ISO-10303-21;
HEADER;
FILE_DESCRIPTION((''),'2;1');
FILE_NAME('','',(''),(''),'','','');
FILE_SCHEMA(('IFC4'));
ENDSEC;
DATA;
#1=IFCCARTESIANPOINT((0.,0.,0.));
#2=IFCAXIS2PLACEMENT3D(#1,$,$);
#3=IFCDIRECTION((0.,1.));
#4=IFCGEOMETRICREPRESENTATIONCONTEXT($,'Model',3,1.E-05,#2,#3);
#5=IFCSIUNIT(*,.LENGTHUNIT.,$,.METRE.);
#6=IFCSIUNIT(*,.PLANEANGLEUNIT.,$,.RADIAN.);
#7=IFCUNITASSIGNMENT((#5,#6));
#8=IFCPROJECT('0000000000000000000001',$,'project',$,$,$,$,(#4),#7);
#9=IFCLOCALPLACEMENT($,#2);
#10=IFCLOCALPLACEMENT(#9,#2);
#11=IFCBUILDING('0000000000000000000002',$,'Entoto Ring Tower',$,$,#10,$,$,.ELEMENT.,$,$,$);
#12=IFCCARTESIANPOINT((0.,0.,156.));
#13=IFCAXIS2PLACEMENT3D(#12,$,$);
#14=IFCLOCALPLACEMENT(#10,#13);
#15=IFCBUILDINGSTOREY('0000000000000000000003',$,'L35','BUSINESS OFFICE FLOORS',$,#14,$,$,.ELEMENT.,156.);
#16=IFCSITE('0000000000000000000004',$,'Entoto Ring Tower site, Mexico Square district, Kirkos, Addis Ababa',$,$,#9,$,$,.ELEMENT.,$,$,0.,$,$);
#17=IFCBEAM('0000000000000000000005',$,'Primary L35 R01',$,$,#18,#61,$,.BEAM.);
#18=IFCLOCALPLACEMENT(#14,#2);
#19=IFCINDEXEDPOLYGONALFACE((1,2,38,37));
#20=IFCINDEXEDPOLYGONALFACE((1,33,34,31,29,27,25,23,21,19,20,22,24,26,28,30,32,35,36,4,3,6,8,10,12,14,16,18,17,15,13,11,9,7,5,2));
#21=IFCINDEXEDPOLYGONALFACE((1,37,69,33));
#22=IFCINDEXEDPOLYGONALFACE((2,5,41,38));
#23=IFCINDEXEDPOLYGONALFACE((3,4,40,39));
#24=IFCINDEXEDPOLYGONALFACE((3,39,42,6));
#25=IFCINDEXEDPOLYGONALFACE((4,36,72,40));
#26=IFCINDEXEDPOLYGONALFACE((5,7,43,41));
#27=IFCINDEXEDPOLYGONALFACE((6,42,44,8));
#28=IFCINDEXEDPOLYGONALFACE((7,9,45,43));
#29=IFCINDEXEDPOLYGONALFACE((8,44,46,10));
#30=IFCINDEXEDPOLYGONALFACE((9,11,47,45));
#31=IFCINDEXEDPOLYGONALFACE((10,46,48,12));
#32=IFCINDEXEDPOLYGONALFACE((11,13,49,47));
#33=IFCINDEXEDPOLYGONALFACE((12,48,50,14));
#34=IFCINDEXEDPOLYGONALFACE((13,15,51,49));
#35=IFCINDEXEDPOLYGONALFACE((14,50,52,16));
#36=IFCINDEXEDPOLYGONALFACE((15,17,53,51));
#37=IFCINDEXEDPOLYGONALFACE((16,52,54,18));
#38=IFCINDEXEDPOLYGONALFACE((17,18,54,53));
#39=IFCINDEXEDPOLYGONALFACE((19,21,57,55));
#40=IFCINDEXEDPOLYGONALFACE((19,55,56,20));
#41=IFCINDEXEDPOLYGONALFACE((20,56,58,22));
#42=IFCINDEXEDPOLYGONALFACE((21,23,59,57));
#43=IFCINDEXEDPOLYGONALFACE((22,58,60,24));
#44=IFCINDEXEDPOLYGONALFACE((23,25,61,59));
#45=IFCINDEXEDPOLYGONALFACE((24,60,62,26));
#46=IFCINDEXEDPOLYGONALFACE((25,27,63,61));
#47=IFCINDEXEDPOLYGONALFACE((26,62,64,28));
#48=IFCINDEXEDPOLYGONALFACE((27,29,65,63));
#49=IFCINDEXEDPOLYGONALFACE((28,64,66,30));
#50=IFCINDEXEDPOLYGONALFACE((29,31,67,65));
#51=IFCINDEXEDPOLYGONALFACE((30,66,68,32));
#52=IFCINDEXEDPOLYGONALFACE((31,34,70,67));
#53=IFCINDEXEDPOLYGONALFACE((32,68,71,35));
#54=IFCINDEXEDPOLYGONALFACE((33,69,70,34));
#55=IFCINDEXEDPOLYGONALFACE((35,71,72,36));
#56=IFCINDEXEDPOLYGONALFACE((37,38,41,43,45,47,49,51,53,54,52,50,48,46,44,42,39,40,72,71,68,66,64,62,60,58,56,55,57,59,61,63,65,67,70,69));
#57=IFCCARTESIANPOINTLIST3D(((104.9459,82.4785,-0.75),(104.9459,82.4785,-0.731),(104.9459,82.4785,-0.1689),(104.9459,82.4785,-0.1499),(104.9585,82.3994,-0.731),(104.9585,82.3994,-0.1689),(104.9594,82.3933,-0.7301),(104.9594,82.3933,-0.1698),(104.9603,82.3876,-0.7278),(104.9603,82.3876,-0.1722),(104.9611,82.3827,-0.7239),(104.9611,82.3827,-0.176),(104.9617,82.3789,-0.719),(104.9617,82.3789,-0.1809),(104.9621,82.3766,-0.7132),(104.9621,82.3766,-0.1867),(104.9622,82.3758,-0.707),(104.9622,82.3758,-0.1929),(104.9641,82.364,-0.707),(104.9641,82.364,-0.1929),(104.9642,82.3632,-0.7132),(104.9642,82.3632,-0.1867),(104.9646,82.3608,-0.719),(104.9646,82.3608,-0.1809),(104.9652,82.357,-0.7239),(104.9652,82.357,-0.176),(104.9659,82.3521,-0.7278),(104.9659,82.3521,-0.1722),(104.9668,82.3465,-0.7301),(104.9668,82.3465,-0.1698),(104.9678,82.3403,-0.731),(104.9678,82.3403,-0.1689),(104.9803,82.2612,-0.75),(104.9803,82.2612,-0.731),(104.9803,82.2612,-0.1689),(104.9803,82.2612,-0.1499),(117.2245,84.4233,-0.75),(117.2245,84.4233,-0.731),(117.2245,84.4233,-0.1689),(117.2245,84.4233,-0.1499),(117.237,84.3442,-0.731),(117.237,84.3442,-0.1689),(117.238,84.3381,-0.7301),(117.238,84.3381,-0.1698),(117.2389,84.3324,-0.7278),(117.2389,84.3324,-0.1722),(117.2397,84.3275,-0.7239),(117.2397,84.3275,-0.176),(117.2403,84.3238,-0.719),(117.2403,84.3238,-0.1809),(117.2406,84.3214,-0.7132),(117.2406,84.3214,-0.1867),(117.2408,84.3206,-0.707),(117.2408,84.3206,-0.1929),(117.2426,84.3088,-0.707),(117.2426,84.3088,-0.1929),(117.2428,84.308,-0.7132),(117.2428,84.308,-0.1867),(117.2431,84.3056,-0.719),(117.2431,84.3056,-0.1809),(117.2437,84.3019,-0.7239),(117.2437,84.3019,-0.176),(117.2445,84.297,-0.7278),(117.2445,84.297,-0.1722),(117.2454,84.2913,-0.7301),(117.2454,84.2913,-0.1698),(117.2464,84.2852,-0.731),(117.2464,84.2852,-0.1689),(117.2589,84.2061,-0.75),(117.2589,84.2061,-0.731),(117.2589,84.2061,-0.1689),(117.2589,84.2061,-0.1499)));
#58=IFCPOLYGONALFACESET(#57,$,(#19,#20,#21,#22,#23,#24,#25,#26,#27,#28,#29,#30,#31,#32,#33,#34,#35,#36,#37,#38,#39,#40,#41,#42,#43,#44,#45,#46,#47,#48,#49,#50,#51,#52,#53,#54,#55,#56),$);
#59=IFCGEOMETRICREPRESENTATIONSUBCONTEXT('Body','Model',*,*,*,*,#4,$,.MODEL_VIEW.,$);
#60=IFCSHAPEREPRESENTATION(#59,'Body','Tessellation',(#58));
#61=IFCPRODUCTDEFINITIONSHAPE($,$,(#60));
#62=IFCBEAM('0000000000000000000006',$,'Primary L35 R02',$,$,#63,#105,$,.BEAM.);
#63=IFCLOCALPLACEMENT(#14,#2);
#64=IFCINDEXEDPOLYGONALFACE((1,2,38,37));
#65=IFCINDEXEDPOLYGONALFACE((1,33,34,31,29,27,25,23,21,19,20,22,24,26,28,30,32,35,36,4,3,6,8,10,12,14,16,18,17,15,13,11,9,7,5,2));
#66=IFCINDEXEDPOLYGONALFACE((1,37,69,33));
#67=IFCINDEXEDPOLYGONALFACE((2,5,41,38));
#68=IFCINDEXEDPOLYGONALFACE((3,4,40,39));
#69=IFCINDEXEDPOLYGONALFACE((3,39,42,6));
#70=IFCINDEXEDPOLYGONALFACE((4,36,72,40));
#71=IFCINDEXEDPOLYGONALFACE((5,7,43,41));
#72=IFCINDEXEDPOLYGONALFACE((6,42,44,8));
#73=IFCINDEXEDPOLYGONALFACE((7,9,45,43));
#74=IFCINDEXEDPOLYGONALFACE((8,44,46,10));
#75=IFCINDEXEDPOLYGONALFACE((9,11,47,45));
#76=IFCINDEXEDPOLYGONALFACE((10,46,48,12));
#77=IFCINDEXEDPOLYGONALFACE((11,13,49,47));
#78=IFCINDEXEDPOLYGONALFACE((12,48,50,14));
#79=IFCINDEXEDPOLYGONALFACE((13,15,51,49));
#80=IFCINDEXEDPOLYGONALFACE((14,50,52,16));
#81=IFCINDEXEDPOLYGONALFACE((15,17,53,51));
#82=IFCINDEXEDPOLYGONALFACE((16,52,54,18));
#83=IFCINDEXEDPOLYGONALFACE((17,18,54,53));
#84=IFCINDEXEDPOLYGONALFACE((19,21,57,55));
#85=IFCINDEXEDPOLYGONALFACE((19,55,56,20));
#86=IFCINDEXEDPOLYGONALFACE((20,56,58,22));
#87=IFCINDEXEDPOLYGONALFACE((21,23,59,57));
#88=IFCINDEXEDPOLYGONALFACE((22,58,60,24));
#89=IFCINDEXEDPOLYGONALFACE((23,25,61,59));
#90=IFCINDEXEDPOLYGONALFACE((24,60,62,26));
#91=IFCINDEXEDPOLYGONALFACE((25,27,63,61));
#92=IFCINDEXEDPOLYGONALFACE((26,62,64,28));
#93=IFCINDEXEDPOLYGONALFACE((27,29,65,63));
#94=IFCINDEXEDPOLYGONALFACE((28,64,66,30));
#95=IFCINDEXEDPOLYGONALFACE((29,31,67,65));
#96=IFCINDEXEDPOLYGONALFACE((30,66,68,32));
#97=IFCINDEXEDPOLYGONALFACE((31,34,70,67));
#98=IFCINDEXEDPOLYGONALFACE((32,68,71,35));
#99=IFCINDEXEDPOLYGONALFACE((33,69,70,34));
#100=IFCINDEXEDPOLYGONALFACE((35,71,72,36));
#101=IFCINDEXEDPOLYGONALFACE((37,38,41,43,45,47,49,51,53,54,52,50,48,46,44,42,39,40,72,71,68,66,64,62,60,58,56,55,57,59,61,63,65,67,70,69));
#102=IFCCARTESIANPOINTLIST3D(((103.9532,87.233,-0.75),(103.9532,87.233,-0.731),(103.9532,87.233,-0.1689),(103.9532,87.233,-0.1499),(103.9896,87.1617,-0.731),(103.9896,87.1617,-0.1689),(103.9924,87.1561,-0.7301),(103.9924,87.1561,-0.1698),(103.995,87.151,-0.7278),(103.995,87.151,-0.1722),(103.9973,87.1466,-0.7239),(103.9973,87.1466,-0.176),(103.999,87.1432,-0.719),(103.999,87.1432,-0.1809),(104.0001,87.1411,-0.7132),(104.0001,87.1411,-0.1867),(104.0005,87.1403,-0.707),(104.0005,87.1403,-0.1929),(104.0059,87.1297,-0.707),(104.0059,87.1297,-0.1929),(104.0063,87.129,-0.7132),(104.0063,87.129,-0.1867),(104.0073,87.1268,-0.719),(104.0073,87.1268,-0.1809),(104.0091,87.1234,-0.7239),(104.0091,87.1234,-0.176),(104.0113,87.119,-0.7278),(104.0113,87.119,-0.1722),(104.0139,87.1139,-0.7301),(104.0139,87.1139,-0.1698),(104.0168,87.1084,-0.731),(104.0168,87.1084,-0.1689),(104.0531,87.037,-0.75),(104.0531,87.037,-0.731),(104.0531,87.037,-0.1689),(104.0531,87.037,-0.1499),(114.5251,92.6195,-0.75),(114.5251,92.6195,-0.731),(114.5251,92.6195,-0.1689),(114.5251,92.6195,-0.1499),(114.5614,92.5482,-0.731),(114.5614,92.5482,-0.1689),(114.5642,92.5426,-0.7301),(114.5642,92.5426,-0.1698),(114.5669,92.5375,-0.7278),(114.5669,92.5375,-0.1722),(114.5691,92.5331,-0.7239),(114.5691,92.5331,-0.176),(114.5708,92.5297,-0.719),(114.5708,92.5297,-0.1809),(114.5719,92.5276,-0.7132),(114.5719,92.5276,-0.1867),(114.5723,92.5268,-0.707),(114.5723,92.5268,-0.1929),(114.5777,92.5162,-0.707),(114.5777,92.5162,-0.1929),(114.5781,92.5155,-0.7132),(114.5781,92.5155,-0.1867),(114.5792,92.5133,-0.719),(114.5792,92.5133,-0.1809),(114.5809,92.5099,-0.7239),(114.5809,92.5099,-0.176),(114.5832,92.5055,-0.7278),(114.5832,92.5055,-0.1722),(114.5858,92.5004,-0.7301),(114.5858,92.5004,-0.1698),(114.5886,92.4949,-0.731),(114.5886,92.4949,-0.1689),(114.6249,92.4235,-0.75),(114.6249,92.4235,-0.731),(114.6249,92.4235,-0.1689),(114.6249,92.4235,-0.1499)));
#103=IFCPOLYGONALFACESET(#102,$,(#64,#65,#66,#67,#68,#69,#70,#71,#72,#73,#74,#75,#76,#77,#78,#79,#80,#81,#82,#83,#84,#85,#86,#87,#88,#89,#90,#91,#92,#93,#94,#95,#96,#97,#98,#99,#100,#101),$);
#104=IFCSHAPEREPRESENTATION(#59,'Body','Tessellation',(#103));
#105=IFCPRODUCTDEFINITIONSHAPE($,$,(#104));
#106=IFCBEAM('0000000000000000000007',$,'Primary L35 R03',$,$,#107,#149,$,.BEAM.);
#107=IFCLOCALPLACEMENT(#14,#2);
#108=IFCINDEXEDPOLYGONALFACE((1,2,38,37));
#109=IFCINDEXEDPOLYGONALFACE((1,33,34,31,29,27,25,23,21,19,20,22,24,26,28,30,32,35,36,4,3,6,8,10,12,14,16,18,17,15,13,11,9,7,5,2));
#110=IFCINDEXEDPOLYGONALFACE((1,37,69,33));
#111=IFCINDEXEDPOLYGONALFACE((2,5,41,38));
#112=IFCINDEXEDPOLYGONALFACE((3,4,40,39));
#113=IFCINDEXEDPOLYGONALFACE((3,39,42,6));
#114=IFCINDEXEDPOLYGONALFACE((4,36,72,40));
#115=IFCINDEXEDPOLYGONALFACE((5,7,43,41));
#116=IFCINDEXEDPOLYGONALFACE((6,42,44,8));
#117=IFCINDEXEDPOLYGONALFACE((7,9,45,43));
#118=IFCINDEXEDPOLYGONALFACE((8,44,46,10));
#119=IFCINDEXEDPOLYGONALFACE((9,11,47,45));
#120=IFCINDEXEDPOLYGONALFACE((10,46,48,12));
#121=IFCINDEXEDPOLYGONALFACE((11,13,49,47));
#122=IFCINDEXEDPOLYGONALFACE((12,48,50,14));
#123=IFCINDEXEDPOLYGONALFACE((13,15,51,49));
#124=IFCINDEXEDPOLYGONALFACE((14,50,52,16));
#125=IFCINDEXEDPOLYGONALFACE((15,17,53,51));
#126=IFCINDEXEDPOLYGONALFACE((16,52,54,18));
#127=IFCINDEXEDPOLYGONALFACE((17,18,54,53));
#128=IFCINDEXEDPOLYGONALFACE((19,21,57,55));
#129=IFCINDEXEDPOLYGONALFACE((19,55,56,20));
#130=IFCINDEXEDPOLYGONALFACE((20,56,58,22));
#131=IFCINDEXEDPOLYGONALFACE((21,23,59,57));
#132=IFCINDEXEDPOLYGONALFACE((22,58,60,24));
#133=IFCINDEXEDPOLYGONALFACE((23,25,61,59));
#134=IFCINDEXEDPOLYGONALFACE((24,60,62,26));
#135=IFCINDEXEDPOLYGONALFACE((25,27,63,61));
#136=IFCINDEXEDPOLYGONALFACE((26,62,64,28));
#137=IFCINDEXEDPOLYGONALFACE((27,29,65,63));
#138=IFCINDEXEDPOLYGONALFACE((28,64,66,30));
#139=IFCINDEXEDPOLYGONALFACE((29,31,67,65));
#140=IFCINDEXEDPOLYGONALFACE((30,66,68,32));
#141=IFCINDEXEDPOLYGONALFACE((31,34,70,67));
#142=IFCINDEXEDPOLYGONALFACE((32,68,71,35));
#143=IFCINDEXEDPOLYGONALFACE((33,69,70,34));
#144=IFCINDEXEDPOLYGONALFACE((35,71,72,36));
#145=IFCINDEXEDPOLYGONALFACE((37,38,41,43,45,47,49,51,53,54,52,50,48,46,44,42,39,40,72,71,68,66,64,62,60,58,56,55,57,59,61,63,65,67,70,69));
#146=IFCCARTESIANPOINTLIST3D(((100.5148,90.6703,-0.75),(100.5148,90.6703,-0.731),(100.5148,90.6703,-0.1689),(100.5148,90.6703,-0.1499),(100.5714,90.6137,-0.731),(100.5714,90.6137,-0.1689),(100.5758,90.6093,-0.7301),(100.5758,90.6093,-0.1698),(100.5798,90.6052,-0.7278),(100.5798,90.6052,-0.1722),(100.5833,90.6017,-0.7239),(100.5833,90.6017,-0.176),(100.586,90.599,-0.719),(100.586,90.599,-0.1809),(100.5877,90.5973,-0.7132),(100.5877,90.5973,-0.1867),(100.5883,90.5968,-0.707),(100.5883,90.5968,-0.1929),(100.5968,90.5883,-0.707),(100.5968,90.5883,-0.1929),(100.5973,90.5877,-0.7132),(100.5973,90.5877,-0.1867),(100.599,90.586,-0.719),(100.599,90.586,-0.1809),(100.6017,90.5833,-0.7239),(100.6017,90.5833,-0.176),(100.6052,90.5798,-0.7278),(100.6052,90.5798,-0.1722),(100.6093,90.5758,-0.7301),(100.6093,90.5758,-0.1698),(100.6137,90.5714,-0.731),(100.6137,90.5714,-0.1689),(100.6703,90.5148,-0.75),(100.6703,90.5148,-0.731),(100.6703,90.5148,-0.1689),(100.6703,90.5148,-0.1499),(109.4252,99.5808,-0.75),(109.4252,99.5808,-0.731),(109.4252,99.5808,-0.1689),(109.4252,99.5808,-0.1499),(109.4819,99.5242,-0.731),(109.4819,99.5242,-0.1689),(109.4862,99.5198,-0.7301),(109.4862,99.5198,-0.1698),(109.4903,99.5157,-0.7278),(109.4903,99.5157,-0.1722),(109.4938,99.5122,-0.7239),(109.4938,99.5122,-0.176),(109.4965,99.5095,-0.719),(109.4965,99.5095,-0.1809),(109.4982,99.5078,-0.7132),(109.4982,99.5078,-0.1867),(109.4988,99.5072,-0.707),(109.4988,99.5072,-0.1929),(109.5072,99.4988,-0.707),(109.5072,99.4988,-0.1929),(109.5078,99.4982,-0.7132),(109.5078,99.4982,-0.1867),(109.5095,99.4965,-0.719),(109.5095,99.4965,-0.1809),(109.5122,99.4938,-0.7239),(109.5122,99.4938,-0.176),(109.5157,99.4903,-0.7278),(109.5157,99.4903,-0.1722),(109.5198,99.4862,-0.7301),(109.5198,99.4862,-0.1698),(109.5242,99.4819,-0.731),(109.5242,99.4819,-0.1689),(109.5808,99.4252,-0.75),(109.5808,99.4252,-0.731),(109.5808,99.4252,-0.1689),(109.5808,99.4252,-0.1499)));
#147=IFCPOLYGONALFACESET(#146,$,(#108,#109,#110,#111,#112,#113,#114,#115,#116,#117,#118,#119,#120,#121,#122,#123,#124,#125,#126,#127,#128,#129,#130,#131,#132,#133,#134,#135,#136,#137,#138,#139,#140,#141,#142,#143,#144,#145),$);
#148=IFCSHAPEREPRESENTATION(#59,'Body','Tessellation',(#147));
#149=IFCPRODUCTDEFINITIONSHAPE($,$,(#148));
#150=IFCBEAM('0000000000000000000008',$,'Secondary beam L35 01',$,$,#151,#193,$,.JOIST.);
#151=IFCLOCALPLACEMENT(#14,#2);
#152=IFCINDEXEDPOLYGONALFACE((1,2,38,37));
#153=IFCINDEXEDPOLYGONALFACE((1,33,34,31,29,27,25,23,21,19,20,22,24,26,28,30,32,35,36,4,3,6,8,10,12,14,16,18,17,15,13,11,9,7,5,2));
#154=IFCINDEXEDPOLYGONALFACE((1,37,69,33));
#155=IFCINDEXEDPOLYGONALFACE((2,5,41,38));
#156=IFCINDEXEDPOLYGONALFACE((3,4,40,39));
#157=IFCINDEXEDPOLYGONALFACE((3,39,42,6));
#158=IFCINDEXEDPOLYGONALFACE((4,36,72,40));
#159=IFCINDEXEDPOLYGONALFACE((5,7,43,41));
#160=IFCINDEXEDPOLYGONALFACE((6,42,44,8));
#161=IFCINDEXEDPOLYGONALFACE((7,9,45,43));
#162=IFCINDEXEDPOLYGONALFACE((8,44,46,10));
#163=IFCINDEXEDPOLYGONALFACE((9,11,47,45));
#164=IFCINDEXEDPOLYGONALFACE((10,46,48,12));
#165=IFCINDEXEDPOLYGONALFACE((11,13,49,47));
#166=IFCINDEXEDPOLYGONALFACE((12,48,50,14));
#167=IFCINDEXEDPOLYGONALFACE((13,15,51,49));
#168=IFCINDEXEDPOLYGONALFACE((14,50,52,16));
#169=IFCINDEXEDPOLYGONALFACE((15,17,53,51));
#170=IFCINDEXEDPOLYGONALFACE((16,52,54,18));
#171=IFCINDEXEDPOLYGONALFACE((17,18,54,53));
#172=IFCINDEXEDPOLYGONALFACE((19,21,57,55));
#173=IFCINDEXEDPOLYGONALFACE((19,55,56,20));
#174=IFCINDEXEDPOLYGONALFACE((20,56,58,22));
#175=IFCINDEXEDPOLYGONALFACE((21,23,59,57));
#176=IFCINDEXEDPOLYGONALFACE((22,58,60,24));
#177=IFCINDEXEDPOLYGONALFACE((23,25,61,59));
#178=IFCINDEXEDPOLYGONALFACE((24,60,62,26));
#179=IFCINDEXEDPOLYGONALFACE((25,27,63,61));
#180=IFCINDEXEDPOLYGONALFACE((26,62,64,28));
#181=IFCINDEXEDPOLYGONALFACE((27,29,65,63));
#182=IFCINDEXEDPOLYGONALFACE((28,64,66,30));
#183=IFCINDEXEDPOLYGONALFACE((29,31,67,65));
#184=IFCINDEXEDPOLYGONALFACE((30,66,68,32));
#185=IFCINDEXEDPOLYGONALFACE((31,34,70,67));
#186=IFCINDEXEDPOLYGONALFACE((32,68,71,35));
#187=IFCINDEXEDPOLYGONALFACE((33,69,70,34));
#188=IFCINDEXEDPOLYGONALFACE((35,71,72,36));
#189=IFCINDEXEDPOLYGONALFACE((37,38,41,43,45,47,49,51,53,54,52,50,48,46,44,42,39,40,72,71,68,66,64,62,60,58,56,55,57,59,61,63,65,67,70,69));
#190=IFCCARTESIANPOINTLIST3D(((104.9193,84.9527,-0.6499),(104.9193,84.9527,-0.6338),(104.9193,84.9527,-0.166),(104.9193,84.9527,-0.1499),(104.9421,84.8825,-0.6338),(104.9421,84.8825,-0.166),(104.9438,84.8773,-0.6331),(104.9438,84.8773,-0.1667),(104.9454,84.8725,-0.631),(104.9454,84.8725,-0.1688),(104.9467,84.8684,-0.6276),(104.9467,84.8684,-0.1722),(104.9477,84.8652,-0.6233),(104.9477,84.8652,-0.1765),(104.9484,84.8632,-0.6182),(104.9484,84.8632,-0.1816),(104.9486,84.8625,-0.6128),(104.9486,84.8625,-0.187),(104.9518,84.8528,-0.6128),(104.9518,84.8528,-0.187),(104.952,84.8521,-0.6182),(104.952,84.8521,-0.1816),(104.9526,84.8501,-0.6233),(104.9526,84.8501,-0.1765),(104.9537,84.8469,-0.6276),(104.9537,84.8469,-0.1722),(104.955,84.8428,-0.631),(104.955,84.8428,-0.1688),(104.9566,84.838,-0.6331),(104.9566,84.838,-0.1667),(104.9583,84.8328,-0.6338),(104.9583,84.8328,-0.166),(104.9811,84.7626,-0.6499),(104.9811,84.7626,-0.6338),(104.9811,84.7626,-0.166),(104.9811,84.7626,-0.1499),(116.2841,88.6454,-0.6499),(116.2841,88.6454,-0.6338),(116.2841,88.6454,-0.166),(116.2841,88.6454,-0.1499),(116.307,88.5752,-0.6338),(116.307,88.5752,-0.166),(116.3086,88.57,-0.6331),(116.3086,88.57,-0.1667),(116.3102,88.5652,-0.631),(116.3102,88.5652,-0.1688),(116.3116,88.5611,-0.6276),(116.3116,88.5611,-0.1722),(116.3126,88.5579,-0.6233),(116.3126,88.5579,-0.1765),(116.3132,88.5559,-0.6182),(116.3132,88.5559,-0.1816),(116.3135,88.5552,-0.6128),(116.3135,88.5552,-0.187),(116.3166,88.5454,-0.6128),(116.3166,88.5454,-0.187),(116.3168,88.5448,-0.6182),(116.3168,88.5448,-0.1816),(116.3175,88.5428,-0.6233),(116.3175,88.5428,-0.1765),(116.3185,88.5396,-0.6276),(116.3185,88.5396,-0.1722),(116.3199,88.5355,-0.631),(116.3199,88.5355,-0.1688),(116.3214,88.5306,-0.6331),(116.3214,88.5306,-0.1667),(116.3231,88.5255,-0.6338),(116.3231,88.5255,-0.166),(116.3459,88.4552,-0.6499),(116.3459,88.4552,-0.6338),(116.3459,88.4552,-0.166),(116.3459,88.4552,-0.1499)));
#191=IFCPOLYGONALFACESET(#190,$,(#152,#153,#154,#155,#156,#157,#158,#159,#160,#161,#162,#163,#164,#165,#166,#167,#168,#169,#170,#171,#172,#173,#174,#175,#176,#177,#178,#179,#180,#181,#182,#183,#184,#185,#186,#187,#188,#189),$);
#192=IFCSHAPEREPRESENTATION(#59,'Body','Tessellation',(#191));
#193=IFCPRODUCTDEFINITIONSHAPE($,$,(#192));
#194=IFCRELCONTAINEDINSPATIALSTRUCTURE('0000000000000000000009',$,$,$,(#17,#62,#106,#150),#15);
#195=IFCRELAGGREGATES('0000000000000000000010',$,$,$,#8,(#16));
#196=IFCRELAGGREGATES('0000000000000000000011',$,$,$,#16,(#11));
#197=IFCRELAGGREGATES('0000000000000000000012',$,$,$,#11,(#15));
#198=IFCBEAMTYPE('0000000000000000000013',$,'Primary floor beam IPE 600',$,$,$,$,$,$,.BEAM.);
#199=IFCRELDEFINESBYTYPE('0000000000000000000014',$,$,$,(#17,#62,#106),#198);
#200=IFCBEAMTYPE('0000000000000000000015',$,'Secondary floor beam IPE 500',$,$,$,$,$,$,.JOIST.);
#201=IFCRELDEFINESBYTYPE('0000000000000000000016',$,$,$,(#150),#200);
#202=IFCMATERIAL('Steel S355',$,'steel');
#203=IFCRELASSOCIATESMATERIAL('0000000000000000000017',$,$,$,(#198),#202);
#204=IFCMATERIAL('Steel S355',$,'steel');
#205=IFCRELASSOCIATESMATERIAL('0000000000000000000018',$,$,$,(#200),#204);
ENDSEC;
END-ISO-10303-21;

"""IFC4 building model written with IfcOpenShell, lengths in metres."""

from ifc_helpers import new_model, si_unit, direction, frame, origin, origin_2d, place, context, subcontext, project, spatial, i_section, extrude, material, material_profile, profile_set, type_object, element, save


model = new_model("IFC4")

# Units and contexts
model_context = context("Model", 3, precision=1e-05, world=origin(), true_north=direction((0.0, 1.0)))
body_context = subcontext(model_context, "Body", "Model", "MODEL_VIEW")
ifc_project = project(units=[si_unit("LENGTHUNIT", "METRE"), si_unit("PLANEANGLEUNIT", "RADIAN")], contexts=[model_context])

# Site, building, storey
site_placement = place(None, origin())
site = spatial("IfcSite", under=ifc_project, at=site_placement, Name="Entoto Ring Tower site, Mexico Square district, Kirkos, Addis Ababa", CompositionType="ELEMENT", RefElevation=0.0)
building_placement = place(site_placement, origin())
building = spatial("IfcBuilding", under=site, at=building_placement, Name="Entoto Ring Tower", CompositionType="ELEMENT")
storey_placement = place(building_placement, frame((0.0, 0.0, 156.0)))
storey = spatial("IfcBuildingStorey", under=building, at=storey_placement, Name="L35", Description="BUSINESS OFFICE FLOORS", CompositionType="ELEMENT", Elevation=156.0)

# Beams
ifc_material_1 = material(Name="Steel S355", Category="steel")
ifc_material_profile_1 = material_profile(ifc_material_1, i_section(OverallWidth=0.22, OverallDepth=0.6001, WebThickness=0.012, FlangeThickness=0.019, FilletRadius=0.0239, at=origin_2d()), Name="IPE 600")
ifc_profile_set_1 = profile_set([ifc_material_profile_1], Name="Steel S355")
beam_type_1 = type_object("IfcBeamType", Name="Primary floor beam IPE 600", PredefinedType="BEAM", material=ifc_profile_set_1)
beam_1_placement = place(storey_placement, frame((104.9631, 82.3699, -0.45), z_axis=(0.987687, 0.156442, 0.0), x_axis=(-0.156442, 0.987687, 0.0)))
element("IfcBeam", 1, at=beam_1_placement, inside=storey, type_object=beam_type_1, Name="Primary L35 R01", PredefinedType="BEAM", context=body_context, shape_type="SweptSolid", body=[
    extrude(i_section(OverallWidth=0.22, OverallDepth=0.6001, WebThickness=0.012, FlangeThickness=0.019, FilletRadius=0.0239, at=origin_2d()), origin(), (0.0, 0.0, 1.0), 12.4316),
])
beam_2_placement = place(storey_placement, frame((104.0032, 87.135, -0.45), z_axis=(0.89101, 0.453983, 0.0), x_axis=(-0.453983, 0.89101, 0.0)))
element("IfcBeam", 2, at=beam_2_placement, inside=storey, type_object=beam_type_1, Name="Primary L35 R02", PredefinedType="BEAM", context=body_context, shape_type="SweptSolid", body=[
    extrude(i_section(OverallWidth=0.22, OverallDepth=0.6001, WebThickness=0.012, FlangeThickness=0.019, FilletRadius=0.0239, at=origin_2d()), origin(), (0.0, 0.0, 1.0), 11.865),
])
beam_3_placement = place(storey_placement, frame((100.5925, 90.5925, -0.45), z_axis=(0.707107, 0.707107, 0.0), x_axis=(-0.707107, 0.707107, 0.0)))
element("IfcBeam", 3, at=beam_3_placement, inside=storey, type_object=beam_type_1, Name="Primary L35 R03", PredefinedType="BEAM", context=body_context, shape_type="SweptSolid", body=[
    extrude(i_section(OverallWidth=0.22, OverallDepth=0.6001, WebThickness=0.012, FlangeThickness=0.019, FilletRadius=0.0239, at=origin_2d()), origin(), (0.0, 0.0, 1.0), 12.6013),
])
ifc_material_2 = material(Name="Steel S355", Category="steel")
ifc_material_profile_2 = material_profile(ifc_material_2, i_section(OverallWidth=0.2, OverallDepth=0.5, WebThickness=0.0103, FlangeThickness=0.0161, FilletRadius=0.021, at=origin_2d()), Name="IPE 500")
ifc_profile_set_2 = profile_set([ifc_material_profile_2], Name="Steel S355")
beam_type_2 = type_object("IfcBeamType", Name="Secondary floor beam IPE 500", PredefinedType="JOIST", material=ifc_profile_set_2)
beam_4_placement = place(storey_placement, frame((104.9502, 84.8577, -0.3999), z_axis=(0.951057, 0.309017, 0.0), x_axis=(-0.309017, 0.951057, 0.0)))
element("IfcBeam", 4, at=beam_4_placement, inside=storey, type_object=beam_type_2, Name="Secondary beam L35 01", PredefinedType="JOIST", context=body_context, shape_type="SweptSolid", body=[
    extrude(i_section(OverallWidth=0.2, OverallDepth=0.5, WebThickness=0.0103, FlangeThickness=0.0161, FilletRadius=0.021, at=origin_2d()), origin(), (0.0, 0.0, 1.0), 11.9497),
])

save(model, "model.ifc")
